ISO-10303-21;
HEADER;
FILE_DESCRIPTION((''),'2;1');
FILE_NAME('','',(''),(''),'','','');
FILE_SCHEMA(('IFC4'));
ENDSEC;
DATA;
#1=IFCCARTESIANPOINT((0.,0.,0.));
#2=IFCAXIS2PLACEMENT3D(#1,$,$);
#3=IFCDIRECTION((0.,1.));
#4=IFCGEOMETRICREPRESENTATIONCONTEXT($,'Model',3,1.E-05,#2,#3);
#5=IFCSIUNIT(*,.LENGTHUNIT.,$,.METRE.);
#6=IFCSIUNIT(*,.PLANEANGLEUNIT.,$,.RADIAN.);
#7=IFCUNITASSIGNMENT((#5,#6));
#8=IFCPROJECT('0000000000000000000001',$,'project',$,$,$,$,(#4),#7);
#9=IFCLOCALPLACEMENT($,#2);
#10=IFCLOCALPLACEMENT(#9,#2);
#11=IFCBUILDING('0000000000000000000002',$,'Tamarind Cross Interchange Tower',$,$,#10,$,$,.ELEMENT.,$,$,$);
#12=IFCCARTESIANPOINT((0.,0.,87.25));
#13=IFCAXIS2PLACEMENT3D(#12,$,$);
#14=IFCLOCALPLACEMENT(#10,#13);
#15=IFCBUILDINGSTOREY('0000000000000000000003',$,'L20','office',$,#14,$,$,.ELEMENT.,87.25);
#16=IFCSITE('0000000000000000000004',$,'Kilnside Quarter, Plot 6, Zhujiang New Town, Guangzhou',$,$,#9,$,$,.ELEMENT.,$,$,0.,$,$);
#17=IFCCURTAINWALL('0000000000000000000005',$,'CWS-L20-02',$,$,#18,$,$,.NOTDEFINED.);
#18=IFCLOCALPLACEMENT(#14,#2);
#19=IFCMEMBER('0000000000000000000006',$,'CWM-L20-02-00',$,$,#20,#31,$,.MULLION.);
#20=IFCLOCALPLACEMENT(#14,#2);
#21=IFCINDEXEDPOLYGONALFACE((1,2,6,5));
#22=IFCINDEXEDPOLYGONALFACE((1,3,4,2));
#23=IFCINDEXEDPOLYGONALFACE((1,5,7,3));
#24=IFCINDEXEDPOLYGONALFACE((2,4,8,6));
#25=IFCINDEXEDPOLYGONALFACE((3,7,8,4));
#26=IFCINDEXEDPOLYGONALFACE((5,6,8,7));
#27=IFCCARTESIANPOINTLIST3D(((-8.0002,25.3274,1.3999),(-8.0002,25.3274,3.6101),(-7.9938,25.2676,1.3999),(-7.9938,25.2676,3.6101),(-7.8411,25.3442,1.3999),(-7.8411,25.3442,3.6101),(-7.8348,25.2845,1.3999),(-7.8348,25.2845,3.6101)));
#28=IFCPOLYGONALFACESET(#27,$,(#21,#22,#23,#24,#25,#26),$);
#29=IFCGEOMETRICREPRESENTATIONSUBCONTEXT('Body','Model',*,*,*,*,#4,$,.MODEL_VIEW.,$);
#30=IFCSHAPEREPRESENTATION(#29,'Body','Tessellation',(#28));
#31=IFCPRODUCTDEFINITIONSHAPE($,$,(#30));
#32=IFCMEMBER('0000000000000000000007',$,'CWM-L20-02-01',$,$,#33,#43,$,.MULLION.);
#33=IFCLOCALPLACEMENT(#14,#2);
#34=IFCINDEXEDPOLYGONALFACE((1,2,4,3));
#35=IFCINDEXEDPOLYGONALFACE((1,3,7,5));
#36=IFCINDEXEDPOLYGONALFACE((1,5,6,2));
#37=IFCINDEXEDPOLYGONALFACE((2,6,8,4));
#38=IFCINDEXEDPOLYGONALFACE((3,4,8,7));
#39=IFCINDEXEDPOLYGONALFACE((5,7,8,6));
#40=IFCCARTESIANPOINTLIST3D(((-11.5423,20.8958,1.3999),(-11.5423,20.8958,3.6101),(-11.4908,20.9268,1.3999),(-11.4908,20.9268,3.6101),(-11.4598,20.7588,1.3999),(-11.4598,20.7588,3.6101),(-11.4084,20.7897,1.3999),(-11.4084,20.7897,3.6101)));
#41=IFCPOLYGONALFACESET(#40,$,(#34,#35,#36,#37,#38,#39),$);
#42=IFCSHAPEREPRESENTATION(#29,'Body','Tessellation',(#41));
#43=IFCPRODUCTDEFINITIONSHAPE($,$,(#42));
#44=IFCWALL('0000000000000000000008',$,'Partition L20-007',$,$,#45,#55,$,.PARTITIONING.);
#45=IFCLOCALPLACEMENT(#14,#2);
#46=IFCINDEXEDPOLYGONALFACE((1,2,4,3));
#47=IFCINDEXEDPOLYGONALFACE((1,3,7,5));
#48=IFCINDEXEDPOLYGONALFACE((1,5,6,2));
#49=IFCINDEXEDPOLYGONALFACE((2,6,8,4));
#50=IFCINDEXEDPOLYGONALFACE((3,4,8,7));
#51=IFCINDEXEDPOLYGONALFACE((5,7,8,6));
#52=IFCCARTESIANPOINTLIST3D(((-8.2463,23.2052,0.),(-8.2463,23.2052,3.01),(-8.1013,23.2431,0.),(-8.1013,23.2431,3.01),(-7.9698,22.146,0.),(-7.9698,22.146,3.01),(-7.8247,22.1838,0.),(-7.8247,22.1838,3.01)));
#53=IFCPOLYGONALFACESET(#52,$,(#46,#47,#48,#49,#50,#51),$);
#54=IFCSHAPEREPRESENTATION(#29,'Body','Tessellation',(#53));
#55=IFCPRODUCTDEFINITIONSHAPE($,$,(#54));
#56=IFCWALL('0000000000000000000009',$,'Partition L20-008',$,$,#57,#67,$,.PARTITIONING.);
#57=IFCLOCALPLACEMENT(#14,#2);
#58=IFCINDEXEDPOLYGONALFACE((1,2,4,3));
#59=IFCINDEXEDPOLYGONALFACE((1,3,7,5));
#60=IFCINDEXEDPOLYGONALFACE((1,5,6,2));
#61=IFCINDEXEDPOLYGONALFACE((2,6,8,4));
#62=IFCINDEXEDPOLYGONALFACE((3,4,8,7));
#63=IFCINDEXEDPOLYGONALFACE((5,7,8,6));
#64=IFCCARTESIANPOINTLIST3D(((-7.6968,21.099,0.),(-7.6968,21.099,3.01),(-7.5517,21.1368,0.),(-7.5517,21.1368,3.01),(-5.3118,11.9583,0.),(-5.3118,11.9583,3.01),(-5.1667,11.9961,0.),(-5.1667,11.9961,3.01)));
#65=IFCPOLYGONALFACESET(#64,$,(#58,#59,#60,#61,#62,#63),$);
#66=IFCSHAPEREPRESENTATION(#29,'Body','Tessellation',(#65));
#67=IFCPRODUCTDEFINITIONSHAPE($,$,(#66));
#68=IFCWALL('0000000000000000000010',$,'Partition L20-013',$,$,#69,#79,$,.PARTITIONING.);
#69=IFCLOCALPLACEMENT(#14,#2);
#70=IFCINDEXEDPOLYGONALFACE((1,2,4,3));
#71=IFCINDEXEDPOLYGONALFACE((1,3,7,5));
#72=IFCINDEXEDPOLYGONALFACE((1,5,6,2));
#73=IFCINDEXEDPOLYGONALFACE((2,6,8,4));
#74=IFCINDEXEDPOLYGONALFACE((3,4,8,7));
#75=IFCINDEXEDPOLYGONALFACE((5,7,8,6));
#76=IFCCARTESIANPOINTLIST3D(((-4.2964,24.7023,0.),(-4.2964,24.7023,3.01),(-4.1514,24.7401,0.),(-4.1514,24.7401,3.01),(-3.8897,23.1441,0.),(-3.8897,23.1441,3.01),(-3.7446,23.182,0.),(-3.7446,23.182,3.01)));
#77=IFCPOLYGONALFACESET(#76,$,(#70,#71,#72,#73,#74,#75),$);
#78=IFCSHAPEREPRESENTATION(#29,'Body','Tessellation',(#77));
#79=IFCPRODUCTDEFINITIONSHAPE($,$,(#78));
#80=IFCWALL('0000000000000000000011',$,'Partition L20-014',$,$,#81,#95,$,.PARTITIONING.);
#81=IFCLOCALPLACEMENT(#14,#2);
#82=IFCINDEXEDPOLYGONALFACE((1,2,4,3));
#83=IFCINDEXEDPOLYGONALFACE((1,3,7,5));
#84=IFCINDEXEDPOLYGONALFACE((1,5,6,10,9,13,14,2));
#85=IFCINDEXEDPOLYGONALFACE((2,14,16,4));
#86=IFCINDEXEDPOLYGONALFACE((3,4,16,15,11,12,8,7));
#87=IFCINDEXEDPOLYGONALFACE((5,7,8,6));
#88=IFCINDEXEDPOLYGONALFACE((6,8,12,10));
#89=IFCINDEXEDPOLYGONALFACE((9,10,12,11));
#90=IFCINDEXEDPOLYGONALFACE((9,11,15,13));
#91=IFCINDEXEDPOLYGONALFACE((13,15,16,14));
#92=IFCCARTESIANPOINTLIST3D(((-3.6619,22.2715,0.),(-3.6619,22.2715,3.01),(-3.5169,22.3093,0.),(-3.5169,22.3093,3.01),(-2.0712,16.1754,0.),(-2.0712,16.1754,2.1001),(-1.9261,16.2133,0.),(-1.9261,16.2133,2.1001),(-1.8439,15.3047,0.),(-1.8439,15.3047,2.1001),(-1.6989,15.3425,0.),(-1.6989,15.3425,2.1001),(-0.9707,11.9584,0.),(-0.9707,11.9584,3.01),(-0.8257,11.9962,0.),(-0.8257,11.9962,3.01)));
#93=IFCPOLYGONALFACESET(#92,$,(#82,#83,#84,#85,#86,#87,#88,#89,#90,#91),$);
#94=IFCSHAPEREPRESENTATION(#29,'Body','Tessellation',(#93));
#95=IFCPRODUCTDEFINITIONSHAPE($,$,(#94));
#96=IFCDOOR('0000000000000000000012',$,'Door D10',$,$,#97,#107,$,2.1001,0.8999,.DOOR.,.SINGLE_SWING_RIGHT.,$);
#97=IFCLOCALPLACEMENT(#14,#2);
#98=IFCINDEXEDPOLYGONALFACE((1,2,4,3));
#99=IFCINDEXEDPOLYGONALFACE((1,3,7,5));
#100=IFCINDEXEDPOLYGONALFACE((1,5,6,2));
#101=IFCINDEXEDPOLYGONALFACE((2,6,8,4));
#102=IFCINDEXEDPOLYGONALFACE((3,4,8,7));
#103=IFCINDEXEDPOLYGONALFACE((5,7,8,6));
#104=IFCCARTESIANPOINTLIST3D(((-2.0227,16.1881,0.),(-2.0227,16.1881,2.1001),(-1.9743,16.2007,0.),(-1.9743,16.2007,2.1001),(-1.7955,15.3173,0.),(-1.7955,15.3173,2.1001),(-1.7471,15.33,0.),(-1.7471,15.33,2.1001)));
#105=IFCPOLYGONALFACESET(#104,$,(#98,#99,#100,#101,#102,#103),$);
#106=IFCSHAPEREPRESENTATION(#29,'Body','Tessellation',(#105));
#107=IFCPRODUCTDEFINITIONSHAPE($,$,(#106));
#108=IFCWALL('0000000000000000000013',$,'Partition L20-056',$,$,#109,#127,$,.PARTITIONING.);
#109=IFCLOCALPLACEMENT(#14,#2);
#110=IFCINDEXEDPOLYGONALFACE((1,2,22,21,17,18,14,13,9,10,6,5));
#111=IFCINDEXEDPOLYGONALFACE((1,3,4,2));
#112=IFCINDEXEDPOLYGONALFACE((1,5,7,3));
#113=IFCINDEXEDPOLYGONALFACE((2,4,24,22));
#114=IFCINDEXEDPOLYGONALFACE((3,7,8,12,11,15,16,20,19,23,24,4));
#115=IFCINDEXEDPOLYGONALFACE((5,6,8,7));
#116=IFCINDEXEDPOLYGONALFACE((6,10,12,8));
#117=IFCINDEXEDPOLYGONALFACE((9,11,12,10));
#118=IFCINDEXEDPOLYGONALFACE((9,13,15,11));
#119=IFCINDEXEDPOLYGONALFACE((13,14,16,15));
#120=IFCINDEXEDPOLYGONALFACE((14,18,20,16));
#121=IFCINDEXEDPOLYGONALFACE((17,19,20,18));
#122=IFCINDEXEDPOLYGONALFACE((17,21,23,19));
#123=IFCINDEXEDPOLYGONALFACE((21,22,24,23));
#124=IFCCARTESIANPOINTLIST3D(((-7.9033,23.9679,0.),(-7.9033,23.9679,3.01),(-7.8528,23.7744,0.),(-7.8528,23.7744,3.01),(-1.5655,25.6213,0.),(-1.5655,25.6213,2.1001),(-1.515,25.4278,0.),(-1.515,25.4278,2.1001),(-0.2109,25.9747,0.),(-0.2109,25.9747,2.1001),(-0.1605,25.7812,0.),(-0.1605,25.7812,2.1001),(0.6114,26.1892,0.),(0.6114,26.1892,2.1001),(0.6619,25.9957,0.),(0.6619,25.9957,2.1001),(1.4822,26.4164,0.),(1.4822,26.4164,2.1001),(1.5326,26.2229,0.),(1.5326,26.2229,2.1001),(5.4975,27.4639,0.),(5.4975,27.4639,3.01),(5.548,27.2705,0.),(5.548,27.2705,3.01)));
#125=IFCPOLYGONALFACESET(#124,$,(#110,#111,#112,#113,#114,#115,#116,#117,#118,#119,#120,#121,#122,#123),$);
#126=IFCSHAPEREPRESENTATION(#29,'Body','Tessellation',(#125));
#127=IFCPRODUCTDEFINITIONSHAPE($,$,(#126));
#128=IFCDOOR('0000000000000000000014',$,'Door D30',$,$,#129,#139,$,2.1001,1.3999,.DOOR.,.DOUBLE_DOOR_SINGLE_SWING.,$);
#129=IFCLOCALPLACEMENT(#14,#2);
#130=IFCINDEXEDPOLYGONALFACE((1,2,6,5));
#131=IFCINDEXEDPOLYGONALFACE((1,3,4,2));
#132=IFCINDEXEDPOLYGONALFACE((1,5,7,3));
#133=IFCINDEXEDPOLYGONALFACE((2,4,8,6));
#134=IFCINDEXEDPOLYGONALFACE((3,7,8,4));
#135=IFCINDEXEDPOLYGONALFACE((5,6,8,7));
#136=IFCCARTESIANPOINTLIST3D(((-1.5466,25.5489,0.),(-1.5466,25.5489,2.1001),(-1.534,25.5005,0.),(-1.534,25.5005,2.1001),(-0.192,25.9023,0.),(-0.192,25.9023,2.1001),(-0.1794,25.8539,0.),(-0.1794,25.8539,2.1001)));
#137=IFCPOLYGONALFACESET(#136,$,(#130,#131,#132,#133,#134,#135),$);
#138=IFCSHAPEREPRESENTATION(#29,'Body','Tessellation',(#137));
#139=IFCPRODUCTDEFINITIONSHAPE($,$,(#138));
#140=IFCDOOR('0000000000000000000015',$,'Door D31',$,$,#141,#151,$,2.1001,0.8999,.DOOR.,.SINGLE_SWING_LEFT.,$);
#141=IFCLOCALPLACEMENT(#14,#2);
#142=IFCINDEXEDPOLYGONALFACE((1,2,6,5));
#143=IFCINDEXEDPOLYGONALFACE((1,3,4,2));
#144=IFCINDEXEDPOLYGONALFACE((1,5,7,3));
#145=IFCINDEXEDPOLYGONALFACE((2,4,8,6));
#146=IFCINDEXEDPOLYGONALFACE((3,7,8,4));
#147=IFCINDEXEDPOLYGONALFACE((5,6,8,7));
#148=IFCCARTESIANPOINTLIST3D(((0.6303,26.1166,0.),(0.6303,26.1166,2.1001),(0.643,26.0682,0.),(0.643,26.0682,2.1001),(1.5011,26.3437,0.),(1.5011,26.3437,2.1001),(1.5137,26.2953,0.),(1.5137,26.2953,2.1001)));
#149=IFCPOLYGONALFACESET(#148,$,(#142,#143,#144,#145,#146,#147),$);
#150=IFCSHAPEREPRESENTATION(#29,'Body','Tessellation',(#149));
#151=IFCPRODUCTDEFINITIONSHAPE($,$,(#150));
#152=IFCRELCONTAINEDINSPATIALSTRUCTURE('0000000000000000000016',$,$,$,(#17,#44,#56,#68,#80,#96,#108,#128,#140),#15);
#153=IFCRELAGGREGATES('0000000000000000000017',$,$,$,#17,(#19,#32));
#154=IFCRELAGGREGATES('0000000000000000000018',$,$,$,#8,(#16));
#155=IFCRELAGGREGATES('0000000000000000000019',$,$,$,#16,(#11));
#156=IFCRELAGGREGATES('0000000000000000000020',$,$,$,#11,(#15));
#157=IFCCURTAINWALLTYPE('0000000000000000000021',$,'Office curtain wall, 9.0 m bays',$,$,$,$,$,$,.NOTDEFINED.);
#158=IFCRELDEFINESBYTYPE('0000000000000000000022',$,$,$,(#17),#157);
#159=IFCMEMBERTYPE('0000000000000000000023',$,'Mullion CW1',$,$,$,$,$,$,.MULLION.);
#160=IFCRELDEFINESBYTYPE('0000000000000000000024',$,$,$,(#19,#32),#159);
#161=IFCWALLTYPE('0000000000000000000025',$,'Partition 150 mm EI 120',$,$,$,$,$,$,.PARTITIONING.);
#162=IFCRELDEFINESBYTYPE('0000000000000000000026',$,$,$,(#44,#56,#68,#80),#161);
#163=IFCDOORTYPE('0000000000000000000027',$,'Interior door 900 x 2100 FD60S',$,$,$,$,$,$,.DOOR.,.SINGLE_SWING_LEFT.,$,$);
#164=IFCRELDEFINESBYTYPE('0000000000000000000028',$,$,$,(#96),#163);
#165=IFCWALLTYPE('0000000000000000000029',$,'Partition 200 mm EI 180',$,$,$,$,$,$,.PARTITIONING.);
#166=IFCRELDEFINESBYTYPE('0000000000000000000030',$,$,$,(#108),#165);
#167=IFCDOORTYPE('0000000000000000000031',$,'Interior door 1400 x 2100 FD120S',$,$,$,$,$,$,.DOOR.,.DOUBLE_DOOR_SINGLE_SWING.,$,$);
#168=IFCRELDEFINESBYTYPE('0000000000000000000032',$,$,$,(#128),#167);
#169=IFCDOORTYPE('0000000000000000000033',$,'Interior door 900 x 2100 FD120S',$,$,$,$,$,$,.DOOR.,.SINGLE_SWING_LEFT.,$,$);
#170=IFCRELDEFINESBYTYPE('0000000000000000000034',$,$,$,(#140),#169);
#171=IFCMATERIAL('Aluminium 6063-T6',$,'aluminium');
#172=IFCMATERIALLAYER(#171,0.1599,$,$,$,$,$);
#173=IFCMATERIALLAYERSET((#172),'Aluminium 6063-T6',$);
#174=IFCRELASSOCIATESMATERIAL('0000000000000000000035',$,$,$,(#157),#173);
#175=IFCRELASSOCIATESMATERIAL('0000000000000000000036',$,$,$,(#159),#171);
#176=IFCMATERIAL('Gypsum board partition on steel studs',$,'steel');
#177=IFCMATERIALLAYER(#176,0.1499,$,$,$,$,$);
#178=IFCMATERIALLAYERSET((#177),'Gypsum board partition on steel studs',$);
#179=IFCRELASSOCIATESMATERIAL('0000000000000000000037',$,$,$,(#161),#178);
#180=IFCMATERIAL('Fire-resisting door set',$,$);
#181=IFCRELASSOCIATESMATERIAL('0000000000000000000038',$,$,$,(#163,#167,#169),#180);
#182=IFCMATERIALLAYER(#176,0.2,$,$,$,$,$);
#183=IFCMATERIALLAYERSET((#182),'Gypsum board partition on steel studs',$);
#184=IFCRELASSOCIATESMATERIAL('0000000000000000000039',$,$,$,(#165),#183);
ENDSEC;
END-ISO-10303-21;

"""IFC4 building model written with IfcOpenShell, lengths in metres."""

from ifc_helpers import new_model, si_unit, direction, frame, frame_2d, origin, origin_2d, place, context, subcontext, project, spatial, rectangle, extrude, material, layer, layer_set, material_profile, profile_set, type_object, element, fill, aggregate, save


model = new_model("IFC4")

# Units and contexts
model_context = context("Model", 3, precision=1e-05, world=origin(), true_north=direction((0.0, 1.0)))
body_context = subcontext(model_context, "Body", "Model", "MODEL_VIEW")
ifc_project = project(units=[si_unit("LENGTHUNIT", "METRE"), si_unit("PLANEANGLEUNIT", "RADIAN")], contexts=[model_context])

# Site, building, storey
site_placement = place(None, origin())
site = spatial("IfcSite", under=ifc_project, at=site_placement, Name="Kilnside Quarter, Plot 6, Zhujiang New Town, Guangzhou", CompositionType="ELEMENT", RefElevation=0.0)
building_placement = place(site_placement, origin())
building = spatial("IfcBuilding", under=site, at=building_placement, Name="Tamarind Cross Interchange Tower", CompositionType="ELEMENT")
storey_placement = place(building_placement, frame((0.0, 0.0, 87.25)))
storey = spatial("IfcBuildingStorey", under=building, at=storey_placement, Name="L20", Description="office", CompositionType="ELEMENT", Elevation=87.25)

# Curtain wall, members
ifc_material_1 = material(Name="Aluminium 6063-T6", Category="aluminium")
ifc_layer_1 = layer(ifc_material_1, 0.1599)
ifc_layer_set_1 = layer_set([ifc_layer_1], Name="Aluminium 6063-T6")
curtain_wall_type = type_object("IfcCurtainWallType", Name="Office curtain wall, 9.0 m bays", PredefinedType="NOTDEFINED", material=ifc_layer_set_1)
curtain_wall_placement = place(storey_placement, origin())
curtain_wall = element("IfcCurtainWall", 1, at=curtain_wall_placement, inside=storey, type_object=curtain_wall_type, Name="CWS-L20-02", PredefinedType="NOTDEFINED")
ifc_material_profile_1 = material_profile(ifc_material_1, rectangle(XDim=0.0601, YDim=0.1599, at=origin_2d()), Name="Mullion CW1")
ifc_profile_set_1 = profile_set([ifc_material_profile_1], Name="Aluminium 6063-T6")
member_type = type_object("IfcMemberType", Name="Mullion CW1", PredefinedType="MULLION", material=ifc_profile_set_1)
member_1_placement = place(storey_placement, frame((-7.9175, 25.3059, 1.3999), z_axis=(0.0, 0.0, 1.0), x_axis=(0.105306, -0.99444, 0.0)))
member_1 = element("IfcMember", 2, at=member_1_placement, type_object=member_type, Name="CWM-L20-02-00", PredefinedType="MULLION", context=body_context, shape_type="SweptSolid", body=[
    extrude(rectangle(XDim=0.0601, YDim=0.1599, at=origin_2d()), origin(), (0.0, 0.0, 1.0), 2.2102),
])
member_2_placement = place(storey_placement, frame((-11.4753, 20.8428, 1.3999), z_axis=(0.0, 0.0, 1.0), x_axis=(-0.856843, -0.515577, 0.0)))
member_2 = element("IfcMember", 3, at=member_2_placement, type_object=member_type, Name="CWM-L20-02-01", PredefinedType="MULLION", context=body_context, shape_type="SweptSolid", body=[
    extrude(rectangle(XDim=0.0601, YDim=0.1599, at=origin_2d()), origin(), (0.0, 0.0, 1.0), 2.2102),
])
aggregate(curtain_wall, [member_1, member_2])

# Walls
ifc_material_2 = material(Name="Gypsum board partition on steel studs", Category="steel")
ifc_layer_2 = layer(ifc_material_2, 0.1499)
ifc_layer_set_2 = layer_set([ifc_layer_2], Name="Gypsum board partition on steel studs")
wall_type_1 = type_object("IfcWallType", Name="Partition 150 mm EI 120", PredefinedType="PARTITIONING", material=ifc_layer_set_2)
wall_1_placement = place(storey_placement, frame((-8.1738, 23.2241, 0.0), z_axis=(0.0, 0.0, 1.0), x_axis=(0.252649, -0.967558, 0.0)))
element("IfcWall", 4, at=wall_1_placement, inside=storey, type_object=wall_type_1, Name="Partition L20-007", PredefinedType="PARTITIONING", context=body_context, shape_type="SweptSolid", body=[
    extrude(rectangle(XDim=1.0947, YDim=0.1499, at=frame_2d((0.5474, 0.0))), origin(), (0.0, 0.0, 1.0), 3.01),
])
wall_2_placement = place(storey_placement, frame((-7.6243, 21.1179, 0.0), z_axis=(0.0, 0.0, 1.0), x_axis=(0.252471, -0.967604, 0.0)))
element("IfcWall", 5, at=wall_2_placement, inside=storey, type_object=wall_type_1, Name="Partition L20-008", PredefinedType="PARTITIONING", context=body_context, shape_type="SweptSolid", body=[
    extrude(rectangle(XDim=9.4468, YDim=0.1499, at=frame_2d((4.7234, 0.0))), origin(), (0.0, 0.0, 1.0), 3.01),
])
wall_3_placement = place(storey_placement, frame((-4.2239, 24.7212, 0.0), z_axis=(0.0, 0.0, 1.0), x_axis=(0.252582, -0.967575, 0.0)))
element("IfcWall", 6, at=wall_3_placement, inside=storey, type_object=wall_type_1, Name="Partition L20-013", PredefinedType="PARTITIONING", context=body_context, shape_type="SweptSolid", body=[
    extrude(rectangle(XDim=1.6104, YDim=0.1499, at=frame_2d((0.8052, 0.0))), origin(), (0.0, 0.0, 1.0), 3.01),
])

# Wall, opening, door
wall_4_placement = place(storey_placement, frame((-3.5894, 22.2903, 0.0), z_axis=(0.0, 0.0, 1.0), x_axis=(0.252494, -0.967599, 0.0)))
wall_4 = element("IfcWall", 7, at=wall_4_placement, inside=storey, type_object=wall_type_1, Name="Partition L20-014", PredefinedType="PARTITIONING", context=body_context, shape_type="SweptSolid", body=[
    extrude(rectangle(XDim=10.6584, YDim=0.1499, at=frame_2d((5.3291, 0.0))), origin(), (0.0, 0.0, 1.0), 3.01),
])
opening_1_placement = place(wall_4_placement, frame((6.3, 0.0, 0.0)))
opening_1 = element("IfcOpeningElement", 8, at=opening_1_placement, cuts=wall_4, PredefinedType="OPENING", context=body_context, shape_type="SweptSolid", body=[
    extrude(rectangle(XDim=0.8999, YDim=2.1001, at=frame_2d((0.45, 1.05))), frame((0.0, 0.085, 0.0), z_axis=(0.0, -1.0, 0.0), x_axis=(1.0, 0.0, 0.0)), (0.0, 0.0, 1.0), 0.1699),
])
ifc_material_3 = material(Name="Fire-resisting door set")
door_type_1 = type_object("IfcDoorType", Name="Interior door 900 x 2100 FD60S", OperationType="SINGLE_SWING_LEFT", PredefinedType="DOOR", material=ifc_material_3)
door_1_placement = place(opening_1_placement, frame((0.8999, 0.0, 0.0), z_axis=(0.0, 0.0, 1.0), x_axis=(-1.0, 0.0, 0.0)))
door_1 = element("IfcDoor", 9, at=door_1_placement, inside=storey, type_object=door_type_1, Name="Door D10", OperationType="SINGLE_SWING_RIGHT", OverallHeight=2.1001, OverallWidth=0.8999, PredefinedType="DOOR", context=body_context, shape_type="SweptSolid", body=[
    extrude(rectangle(XDim=0.8999, YDim=2.1001, at=frame_2d((0.45, 1.05))), frame((0.0, 0.0249, 0.0), z_axis=(0.0, -1.0, 0.0), x_axis=(1.0, 0.0, 0.0)), (0.0, 0.0, 1.0), 0.05),
])
fill(opening_1, door_1)

# Wall, openings, doors
ifc_layer_3 = layer(ifc_material_2, 0.2)
ifc_layer_set_3 = layer_set([ifc_layer_3], Name="Gypsum board partition on steel studs")
wall_type_2 = type_object("IfcWallType", Name="Partition 200 mm EI 180", PredefinedType="PARTITIONING", material=ifc_layer_set_3)
wall_5_placement = place(storey_placement, frame((-7.8782, 23.8711, 0.0), z_axis=(0.0, 0.0, 1.0), x_axis=(0.967614, 0.252436, 0.0)))
wall_5 = element("IfcWall", 10, at=wall_5_placement, inside=storey, type_object=wall_type_2, Name="Partition L20-056", PredefinedType="PARTITIONING", context=body_context, shape_type="SweptSolid", body=[
    extrude(rectangle(XDim=13.8494, YDim=0.2, at=frame_2d((6.9248, 0.0))), origin(), (0.0, 0.0, 1.0), 3.01),
])
opening_2_placement = place(wall_5_placement, frame((6.55, 0.0, 0.0)))
opening_2 = element("IfcOpeningElement", 11, at=opening_2_placement, cuts=wall_5, PredefinedType="OPENING", context=body_context, shape_type="SweptSolid", body=[
    extrude(rectangle(XDim=1.3999, YDim=2.1001, at=frame_2d((0.7, 1.05))), frame((0.0, 0.1099, 0.0), z_axis=(0.0, -1.0, 0.0), x_axis=(1.0, 0.0, 0.0)), (0.0, 0.0, 1.0), 0.22),
])
opening_3_placement = place(wall_5_placement, frame((8.7998, 0.0, 0.0)))
opening_3 = element("IfcOpeningElement", 12, at=opening_3_placement, cuts=wall_5, PredefinedType="OPENING", context=body_context, shape_type="SweptSolid", body=[
    extrude(rectangle(XDim=0.8999, YDim=2.1001, at=frame_2d((0.45, 1.05))), frame((0.0, 0.1099, 0.0), z_axis=(0.0, -1.0, 0.0), x_axis=(1.0, 0.0, 0.0)), (0.0, 0.0, 1.0), 0.22),
])
door_type_2 = type_object("IfcDoorType", Name="Interior door 1400 x 2100 FD120S", OperationType="DOUBLE_DOOR_SINGLE_SWING", PredefinedType="DOOR", material=ifc_material_3)
door_2_placement = place(opening_2_placement, frame((1.3999, 0.0, 0.0), z_axis=(0.0, 0.0, 1.0), x_axis=(-1.0, 0.0, 0.0)))
door_2 = element("IfcDoor", 13, at=door_2_placement, inside=storey, type_object=door_type_2, Name="Door D30", OperationType="DOUBLE_DOOR_SINGLE_SWING", OverallHeight=2.1001, OverallWidth=1.3999, PredefinedType="DOOR", context=body_context, shape_type="SweptSolid", body=[
    extrude(rectangle(XDim=1.3999, YDim=2.1001, at=frame_2d((0.7, 1.05))), frame((0.0, 0.0249, 0.0), z_axis=(0.0, -1.0, 0.0), x_axis=(1.0, 0.0, 0.0)), (0.0, 0.0, 1.0), 0.05),
])
fill(opening_2, door_2)
door_type_3 = type_object("IfcDoorType", Name="Interior door 900 x 2100 FD120S", OperationType="SINGLE_SWING_LEFT", PredefinedType="DOOR", material=ifc_material_3)
door_3_placement = place(opening_3_placement, origin())
door_3 = element("IfcDoor", 14, at=door_3_placement, inside=storey, type_object=door_type_3, Name="Door D31", OperationType="SINGLE_SWING_LEFT", OverallHeight=2.1001, OverallWidth=0.8999, PredefinedType="DOOR", context=body_context, shape_type="SweptSolid", body=[
    extrude(rectangle(XDim=0.8999, YDim=2.1001, at=frame_2d((0.45, 1.05))), frame((0.0, 0.0249, 0.0), z_axis=(0.0, -1.0, 0.0), x_axis=(1.0, 0.0, 0.0)), (0.0, 0.0, 1.0), 0.05),
])
fill(opening_3, door_3)

save(model, "model.ifc")
